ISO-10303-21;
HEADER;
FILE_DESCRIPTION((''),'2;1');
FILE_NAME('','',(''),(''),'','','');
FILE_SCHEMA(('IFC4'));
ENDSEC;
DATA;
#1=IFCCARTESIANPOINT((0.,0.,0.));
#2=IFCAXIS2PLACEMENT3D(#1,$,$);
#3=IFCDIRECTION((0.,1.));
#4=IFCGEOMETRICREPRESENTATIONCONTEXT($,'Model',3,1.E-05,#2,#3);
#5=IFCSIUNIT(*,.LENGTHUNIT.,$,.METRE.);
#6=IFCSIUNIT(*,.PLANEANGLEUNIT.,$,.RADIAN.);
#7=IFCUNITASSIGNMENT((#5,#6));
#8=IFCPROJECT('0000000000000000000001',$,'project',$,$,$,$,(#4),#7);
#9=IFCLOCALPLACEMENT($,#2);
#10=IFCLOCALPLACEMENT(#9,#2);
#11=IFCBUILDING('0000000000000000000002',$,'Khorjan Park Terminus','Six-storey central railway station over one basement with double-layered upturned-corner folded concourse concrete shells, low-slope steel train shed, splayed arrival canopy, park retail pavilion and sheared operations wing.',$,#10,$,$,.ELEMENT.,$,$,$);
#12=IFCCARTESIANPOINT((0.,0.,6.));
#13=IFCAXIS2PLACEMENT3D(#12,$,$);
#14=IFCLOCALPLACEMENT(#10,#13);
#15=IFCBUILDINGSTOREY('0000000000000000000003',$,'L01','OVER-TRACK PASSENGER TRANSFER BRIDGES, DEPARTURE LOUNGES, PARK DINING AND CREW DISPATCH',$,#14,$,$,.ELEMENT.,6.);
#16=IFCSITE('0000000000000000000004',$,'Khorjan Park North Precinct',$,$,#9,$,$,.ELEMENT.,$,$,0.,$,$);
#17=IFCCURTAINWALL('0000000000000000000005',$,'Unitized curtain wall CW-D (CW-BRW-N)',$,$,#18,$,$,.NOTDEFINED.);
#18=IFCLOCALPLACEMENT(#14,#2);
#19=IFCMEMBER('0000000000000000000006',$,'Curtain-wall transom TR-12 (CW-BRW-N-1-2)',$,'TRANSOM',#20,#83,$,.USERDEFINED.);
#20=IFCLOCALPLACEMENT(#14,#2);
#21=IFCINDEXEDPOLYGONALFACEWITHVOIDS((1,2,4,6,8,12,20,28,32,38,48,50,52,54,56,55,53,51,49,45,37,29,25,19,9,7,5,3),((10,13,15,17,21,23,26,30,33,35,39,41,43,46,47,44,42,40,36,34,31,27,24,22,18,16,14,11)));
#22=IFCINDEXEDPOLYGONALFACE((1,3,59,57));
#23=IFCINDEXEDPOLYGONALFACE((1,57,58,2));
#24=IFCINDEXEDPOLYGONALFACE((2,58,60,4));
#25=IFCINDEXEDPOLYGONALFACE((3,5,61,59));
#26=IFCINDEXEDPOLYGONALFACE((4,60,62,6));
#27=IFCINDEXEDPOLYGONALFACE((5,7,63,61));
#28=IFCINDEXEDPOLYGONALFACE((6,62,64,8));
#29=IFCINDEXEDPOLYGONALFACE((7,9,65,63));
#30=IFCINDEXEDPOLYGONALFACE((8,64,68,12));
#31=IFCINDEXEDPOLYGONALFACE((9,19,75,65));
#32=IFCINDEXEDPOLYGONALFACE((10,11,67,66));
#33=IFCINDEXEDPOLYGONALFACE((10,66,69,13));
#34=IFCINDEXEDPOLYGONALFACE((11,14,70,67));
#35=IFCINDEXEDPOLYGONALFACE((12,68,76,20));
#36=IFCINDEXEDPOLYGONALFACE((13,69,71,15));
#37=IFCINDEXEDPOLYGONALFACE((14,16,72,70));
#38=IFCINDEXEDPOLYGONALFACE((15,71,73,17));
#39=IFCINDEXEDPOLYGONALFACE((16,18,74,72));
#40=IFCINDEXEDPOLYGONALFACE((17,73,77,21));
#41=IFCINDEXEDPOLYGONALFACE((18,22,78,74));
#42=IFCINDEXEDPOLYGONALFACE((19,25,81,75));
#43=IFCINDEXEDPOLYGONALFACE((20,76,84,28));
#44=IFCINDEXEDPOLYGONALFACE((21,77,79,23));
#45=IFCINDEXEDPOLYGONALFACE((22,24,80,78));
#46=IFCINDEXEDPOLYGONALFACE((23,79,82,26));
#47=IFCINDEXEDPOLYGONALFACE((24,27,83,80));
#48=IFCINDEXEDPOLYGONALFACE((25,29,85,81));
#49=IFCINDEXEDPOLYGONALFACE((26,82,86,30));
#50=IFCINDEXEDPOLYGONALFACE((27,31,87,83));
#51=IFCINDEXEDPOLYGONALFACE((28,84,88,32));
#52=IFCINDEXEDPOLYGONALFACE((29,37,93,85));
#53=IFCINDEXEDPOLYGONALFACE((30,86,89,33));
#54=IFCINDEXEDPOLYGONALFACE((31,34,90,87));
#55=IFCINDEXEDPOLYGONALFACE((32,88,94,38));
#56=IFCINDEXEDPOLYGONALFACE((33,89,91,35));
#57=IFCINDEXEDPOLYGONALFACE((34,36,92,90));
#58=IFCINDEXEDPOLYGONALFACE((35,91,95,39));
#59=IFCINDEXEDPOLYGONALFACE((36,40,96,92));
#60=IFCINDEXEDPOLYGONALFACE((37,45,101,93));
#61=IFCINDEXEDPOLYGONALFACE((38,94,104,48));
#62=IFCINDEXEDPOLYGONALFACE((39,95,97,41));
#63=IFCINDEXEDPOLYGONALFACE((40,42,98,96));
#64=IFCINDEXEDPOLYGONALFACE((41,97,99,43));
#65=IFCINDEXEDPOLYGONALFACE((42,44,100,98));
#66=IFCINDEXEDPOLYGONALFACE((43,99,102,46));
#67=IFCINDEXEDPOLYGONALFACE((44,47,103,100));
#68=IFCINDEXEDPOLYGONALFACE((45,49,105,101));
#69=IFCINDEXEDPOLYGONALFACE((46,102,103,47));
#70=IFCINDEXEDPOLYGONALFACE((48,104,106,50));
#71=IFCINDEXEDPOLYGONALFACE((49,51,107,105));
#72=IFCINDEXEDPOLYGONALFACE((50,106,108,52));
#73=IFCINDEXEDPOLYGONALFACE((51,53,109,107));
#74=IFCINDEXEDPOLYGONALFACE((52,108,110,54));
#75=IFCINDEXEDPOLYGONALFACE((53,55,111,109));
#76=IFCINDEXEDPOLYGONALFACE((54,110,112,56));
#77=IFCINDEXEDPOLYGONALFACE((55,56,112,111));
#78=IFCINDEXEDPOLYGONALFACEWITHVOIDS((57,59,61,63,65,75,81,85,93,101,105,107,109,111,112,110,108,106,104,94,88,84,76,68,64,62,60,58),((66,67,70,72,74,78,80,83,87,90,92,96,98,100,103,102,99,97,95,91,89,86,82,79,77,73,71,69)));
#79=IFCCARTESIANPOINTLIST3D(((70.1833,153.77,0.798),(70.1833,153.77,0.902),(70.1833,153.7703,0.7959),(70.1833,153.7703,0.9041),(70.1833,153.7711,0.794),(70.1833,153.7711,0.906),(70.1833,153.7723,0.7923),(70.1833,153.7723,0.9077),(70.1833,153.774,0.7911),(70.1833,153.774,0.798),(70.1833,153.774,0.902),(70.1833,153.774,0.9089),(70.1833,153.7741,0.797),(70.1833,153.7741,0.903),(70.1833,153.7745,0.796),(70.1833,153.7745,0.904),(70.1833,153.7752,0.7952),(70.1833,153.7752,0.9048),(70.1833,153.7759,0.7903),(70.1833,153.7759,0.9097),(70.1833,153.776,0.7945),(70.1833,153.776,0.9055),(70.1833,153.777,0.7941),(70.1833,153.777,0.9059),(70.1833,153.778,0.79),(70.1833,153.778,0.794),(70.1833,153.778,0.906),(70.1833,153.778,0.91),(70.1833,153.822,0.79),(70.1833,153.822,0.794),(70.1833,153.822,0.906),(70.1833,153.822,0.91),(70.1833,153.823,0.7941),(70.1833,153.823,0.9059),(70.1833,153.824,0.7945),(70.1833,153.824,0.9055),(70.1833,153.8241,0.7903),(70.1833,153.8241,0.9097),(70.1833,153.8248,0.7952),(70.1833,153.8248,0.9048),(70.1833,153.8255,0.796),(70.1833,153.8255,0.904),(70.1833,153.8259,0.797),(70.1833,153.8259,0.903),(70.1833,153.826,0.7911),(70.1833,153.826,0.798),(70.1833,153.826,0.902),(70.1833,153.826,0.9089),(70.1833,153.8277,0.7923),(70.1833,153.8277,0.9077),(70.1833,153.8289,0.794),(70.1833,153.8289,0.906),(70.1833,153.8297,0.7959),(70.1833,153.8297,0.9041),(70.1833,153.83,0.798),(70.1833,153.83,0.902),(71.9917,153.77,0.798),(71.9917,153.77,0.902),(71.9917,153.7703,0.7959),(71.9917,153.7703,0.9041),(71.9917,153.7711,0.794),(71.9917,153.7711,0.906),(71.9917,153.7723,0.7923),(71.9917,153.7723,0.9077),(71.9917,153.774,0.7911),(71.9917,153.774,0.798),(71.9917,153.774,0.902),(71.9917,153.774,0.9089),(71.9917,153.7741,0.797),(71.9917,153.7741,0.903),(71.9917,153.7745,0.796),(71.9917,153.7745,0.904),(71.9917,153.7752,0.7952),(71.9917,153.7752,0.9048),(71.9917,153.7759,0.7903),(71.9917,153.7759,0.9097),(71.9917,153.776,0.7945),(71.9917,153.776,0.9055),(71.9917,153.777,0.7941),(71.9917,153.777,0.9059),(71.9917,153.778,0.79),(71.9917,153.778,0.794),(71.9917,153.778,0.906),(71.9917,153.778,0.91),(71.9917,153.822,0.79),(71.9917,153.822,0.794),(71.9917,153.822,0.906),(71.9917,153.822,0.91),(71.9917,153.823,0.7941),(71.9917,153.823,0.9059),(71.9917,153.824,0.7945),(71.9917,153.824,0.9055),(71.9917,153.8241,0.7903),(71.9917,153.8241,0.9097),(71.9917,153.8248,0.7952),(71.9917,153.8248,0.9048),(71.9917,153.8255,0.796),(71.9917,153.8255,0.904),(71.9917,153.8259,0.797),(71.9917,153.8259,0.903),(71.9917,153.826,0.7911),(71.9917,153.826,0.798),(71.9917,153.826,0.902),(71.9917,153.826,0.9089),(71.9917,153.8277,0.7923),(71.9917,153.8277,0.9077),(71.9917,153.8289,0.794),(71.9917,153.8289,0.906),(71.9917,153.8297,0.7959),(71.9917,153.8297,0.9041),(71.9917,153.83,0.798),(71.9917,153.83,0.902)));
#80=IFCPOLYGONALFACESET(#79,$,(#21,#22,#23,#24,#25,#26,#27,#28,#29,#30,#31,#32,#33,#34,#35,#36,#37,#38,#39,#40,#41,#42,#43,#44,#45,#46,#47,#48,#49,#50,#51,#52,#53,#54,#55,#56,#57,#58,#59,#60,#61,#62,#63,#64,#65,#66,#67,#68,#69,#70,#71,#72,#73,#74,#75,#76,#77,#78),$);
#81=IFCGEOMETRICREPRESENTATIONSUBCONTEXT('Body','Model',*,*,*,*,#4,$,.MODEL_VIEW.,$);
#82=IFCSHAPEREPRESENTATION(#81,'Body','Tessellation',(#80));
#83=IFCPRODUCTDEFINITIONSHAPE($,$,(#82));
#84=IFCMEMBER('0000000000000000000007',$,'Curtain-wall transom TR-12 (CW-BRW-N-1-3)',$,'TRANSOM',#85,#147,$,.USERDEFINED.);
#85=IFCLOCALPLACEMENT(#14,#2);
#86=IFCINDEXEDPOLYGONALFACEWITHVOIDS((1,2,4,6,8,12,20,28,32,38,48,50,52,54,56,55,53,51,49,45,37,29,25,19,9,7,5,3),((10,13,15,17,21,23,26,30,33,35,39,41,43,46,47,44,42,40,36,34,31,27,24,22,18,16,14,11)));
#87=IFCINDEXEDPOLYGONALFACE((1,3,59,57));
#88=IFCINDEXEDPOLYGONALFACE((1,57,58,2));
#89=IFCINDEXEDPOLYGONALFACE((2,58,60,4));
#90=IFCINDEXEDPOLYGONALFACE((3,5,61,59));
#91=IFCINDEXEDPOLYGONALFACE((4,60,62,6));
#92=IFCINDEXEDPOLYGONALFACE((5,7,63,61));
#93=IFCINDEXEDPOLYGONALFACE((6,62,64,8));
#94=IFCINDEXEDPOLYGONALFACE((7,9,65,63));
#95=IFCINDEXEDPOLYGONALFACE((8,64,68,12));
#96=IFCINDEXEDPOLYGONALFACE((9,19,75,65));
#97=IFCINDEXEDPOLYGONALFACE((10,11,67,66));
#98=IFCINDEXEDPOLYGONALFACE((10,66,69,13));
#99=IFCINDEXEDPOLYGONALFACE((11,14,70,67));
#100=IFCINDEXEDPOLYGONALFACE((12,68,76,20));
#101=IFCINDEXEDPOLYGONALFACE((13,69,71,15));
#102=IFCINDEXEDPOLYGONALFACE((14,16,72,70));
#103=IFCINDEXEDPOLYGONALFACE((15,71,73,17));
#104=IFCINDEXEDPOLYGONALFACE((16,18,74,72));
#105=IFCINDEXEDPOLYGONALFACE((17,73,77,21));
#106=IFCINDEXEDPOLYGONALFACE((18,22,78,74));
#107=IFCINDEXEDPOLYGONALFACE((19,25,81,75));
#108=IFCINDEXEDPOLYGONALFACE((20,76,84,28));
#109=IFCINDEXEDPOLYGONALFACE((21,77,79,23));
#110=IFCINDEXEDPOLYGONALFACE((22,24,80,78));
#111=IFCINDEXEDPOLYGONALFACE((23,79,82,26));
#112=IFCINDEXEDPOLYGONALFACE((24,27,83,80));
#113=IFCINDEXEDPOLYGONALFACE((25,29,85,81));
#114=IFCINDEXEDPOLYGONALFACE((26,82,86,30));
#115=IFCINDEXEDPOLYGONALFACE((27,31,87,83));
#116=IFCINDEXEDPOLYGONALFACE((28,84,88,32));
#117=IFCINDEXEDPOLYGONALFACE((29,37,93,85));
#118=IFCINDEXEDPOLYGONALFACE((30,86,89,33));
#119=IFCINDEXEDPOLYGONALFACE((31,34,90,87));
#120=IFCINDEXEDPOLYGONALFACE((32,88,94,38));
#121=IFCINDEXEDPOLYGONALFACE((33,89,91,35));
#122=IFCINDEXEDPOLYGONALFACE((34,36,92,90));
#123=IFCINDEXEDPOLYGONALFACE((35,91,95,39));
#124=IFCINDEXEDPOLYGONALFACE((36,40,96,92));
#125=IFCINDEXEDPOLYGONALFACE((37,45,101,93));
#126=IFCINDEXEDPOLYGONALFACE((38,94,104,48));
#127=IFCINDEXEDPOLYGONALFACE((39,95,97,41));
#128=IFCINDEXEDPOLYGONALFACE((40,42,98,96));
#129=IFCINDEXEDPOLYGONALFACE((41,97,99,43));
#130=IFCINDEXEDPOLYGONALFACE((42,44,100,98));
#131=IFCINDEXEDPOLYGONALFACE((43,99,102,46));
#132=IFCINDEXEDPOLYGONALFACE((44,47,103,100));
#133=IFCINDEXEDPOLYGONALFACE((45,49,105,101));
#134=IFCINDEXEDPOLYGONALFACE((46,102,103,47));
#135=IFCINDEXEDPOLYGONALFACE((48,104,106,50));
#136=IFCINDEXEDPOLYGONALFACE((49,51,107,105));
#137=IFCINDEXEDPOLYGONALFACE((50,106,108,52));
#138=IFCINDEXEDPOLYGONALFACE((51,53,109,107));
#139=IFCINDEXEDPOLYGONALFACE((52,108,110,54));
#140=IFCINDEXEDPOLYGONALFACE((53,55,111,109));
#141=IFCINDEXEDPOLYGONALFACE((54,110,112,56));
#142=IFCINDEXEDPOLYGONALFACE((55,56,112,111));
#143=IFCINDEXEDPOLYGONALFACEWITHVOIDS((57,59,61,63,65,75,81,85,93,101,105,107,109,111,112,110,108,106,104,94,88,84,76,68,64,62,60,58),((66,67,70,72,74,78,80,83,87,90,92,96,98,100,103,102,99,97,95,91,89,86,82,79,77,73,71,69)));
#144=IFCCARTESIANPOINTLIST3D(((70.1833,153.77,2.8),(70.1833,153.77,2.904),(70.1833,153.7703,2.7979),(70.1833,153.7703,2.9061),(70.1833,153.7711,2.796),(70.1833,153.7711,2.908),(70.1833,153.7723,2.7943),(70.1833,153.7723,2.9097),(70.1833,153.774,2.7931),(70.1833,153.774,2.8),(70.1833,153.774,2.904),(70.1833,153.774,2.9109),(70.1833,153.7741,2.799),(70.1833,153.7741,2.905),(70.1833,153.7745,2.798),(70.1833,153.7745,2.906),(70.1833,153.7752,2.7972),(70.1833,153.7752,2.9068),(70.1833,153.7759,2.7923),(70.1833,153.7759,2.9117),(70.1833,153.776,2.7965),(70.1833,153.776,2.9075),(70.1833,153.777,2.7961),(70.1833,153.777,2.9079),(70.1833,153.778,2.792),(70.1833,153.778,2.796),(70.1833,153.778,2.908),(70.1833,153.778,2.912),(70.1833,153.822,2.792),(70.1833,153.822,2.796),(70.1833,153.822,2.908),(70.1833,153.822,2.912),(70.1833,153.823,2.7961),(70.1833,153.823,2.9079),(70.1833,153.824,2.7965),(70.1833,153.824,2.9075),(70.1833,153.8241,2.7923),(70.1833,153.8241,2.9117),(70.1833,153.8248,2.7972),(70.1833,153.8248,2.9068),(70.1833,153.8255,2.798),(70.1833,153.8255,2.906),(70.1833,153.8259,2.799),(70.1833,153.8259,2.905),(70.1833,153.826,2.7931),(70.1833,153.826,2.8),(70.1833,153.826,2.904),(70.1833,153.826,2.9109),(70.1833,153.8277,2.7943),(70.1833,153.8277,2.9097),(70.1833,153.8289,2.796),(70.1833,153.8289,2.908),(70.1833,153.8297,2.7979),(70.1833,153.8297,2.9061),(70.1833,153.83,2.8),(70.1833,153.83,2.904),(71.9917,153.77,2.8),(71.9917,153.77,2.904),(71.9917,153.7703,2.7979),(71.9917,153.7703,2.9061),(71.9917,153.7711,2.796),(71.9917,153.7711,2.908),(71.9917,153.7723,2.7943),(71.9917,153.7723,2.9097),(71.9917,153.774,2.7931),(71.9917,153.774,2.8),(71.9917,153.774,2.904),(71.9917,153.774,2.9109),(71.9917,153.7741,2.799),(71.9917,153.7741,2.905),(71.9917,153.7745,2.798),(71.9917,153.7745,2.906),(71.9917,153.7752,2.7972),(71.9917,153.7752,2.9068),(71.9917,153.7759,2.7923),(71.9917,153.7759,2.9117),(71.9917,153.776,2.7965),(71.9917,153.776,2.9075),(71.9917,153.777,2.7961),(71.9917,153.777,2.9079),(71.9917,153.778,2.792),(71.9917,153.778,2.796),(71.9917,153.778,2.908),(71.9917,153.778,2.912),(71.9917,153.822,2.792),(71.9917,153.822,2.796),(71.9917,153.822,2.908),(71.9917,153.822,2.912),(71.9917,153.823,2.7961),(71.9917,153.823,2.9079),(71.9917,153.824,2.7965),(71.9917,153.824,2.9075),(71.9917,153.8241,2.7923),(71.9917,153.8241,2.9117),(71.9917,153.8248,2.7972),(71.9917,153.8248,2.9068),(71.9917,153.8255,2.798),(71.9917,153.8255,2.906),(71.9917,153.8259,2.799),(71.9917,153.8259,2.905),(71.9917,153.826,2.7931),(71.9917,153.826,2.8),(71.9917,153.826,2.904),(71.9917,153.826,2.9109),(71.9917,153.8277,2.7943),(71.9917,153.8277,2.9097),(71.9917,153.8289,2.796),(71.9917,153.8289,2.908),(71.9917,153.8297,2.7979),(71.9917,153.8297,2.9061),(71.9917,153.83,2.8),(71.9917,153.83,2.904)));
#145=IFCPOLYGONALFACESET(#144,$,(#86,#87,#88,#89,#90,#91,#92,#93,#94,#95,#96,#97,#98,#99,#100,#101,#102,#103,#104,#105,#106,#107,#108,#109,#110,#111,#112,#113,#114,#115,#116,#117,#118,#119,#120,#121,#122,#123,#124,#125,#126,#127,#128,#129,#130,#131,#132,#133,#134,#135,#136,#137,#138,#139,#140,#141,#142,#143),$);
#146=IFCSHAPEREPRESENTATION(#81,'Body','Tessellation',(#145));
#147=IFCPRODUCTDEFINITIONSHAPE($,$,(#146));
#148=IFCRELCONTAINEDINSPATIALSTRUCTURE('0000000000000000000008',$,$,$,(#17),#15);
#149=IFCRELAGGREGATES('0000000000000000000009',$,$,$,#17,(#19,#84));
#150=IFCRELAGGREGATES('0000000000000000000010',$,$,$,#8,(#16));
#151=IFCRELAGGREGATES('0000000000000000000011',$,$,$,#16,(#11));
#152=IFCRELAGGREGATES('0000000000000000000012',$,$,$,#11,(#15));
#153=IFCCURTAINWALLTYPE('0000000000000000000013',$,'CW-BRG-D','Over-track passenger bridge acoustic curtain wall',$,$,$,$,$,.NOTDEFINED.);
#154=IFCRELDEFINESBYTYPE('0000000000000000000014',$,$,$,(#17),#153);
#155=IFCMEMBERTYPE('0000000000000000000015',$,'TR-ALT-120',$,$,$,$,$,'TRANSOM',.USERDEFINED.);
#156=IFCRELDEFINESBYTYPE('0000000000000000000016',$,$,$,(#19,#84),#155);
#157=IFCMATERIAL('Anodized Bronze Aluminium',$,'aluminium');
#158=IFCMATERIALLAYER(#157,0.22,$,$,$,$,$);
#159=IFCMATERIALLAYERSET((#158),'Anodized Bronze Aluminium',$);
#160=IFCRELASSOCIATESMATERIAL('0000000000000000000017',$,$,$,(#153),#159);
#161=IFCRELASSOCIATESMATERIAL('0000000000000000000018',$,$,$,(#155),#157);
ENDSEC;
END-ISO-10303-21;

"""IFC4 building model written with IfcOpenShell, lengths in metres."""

from ifc_helpers import new_model, si_unit, direction, frame, origin, origin_2d, place, context, subcontext, project, spatial, hollow_rectangle, extrude, material, layer, layer_set, material_profile, profile_set, type_object, element, aggregate, save


model = new_model("IFC4")

# Units and contexts
model_context = context("Model", 3, precision=1e-05, world=origin(), true_north=direction((0.0, 1.0)))
body_context = subcontext(model_context, "Body", "Model", "MODEL_VIEW")
ifc_project = project(units=[si_unit("LENGTHUNIT", "METRE"), si_unit("PLANEANGLEUNIT", "RADIAN")], contexts=[model_context])

# Site, building, storey
site_placement = place(None, origin())
site = spatial("IfcSite", under=ifc_project, at=site_placement, Name="Khorjan Park North Precinct", CompositionType="ELEMENT", RefElevation=0.0)
building_placement = place(site_placement, origin())
building = spatial("IfcBuilding", under=site, at=building_placement, Name="Khorjan Park Terminus", Description="Six-storey central railway station over one basement with double-layered upturned-corner folded concourse concrete shells, low-slope steel train shed, splayed arrival canopy, park retail pavilion and sheared operations wing.", CompositionType="ELEMENT")
storey_placement = place(building_placement, frame((0.0, 0.0, 6.0)))
storey = spatial("IfcBuildingStorey", under=building, at=storey_placement, Name="L01", Description="OVER-TRACK PASSENGER TRANSFER BRIDGES, DEPARTURE LOUNGES, PARK DINING AND CREW DISPATCH", CompositionType="ELEMENT", Elevation=6.0)

# Curtain wall, members
ifc_material_1 = material(Name="Anodized Bronze Aluminium", Category="aluminium")
ifc_layer_1 = layer(ifc_material_1, 0.22)
ifc_layer_set_1 = layer_set([ifc_layer_1], Name="Anodized Bronze Aluminium")
curtain_wall_type = type_object("IfcCurtainWallType", Name="CW-BRG-D", Description="Over-track passenger bridge acoustic curtain wall", PredefinedType="NOTDEFINED", material=ifc_layer_set_1)
curtain_wall_placement = place(storey_placement, origin())
curtain_wall = element("IfcCurtainWall", 1, at=curtain_wall_placement, inside=storey, type_object=curtain_wall_type, Name="Unitized curtain wall CW-D (CW-BRW-N)", PredefinedType="NOTDEFINED")
ifc_material_profile_1 = material_profile(ifc_material_1, hollow_rectangle(XDim=0.06, YDim=0.12, WallThickness=0.004, InnerFilletRadius=0.004, OuterFilletRadius=0.008, at=origin_2d()), Name="ALT 60x120x4")
ifc_profile_set_1 = profile_set([ifc_material_profile_1], Name="Anodized Bronze Aluminium")
member_type_1 = type_object("IfcMemberType", Name="TR-ALT-120", ElementType="TRANSOM", PredefinedType="USERDEFINED", material=ifc_profile_set_1)
member_1_placement = place(storey_placement, frame((71.9917, 153.8, 0.85), z_axis=(-1.0, 0.0, 0.0), x_axis=(0.0, -1.0, 0.0)))
member_1 = element("IfcMember", 2, at=member_1_placement, type_object=member_type_1, Name="Curtain-wall transom TR-12 (CW-BRW-N-1-2)", ObjectType="TRANSOM", PredefinedType="USERDEFINED", context=body_context, shape_type="SweptSolid", body=[
    extrude(hollow_rectangle(XDim=0.06, YDim=0.12, WallThickness=0.004, InnerFilletRadius=0.004, OuterFilletRadius=0.008, at=origin_2d()), origin(), (0.0, 0.0, 1.0), 1.8084),
])
member_2_placement = place(storey_placement, frame((71.9917, 153.8, 2.852), z_axis=(-1.0, 0.0, 0.0), x_axis=(0.0, -1.0, 0.0)))
member_2 = element("IfcMember", 3, at=member_2_placement, type_object=member_type_1, Name="Curtain-wall transom TR-12 (CW-BRW-N-1-3)", ObjectType="TRANSOM", PredefinedType="USERDEFINED", context=body_context, shape_type="SweptSolid", body=[
    extrude(hollow_rectangle(XDim=0.06, YDim=0.12, WallThickness=0.004, InnerFilletRadius=0.004, OuterFilletRadius=0.008, at=origin_2d()), origin(), (0.0, 0.0, 1.0), 1.8084),
])
aggregate(curtain_wall, [member_1, member_2])

save(model, "model.ifc")
